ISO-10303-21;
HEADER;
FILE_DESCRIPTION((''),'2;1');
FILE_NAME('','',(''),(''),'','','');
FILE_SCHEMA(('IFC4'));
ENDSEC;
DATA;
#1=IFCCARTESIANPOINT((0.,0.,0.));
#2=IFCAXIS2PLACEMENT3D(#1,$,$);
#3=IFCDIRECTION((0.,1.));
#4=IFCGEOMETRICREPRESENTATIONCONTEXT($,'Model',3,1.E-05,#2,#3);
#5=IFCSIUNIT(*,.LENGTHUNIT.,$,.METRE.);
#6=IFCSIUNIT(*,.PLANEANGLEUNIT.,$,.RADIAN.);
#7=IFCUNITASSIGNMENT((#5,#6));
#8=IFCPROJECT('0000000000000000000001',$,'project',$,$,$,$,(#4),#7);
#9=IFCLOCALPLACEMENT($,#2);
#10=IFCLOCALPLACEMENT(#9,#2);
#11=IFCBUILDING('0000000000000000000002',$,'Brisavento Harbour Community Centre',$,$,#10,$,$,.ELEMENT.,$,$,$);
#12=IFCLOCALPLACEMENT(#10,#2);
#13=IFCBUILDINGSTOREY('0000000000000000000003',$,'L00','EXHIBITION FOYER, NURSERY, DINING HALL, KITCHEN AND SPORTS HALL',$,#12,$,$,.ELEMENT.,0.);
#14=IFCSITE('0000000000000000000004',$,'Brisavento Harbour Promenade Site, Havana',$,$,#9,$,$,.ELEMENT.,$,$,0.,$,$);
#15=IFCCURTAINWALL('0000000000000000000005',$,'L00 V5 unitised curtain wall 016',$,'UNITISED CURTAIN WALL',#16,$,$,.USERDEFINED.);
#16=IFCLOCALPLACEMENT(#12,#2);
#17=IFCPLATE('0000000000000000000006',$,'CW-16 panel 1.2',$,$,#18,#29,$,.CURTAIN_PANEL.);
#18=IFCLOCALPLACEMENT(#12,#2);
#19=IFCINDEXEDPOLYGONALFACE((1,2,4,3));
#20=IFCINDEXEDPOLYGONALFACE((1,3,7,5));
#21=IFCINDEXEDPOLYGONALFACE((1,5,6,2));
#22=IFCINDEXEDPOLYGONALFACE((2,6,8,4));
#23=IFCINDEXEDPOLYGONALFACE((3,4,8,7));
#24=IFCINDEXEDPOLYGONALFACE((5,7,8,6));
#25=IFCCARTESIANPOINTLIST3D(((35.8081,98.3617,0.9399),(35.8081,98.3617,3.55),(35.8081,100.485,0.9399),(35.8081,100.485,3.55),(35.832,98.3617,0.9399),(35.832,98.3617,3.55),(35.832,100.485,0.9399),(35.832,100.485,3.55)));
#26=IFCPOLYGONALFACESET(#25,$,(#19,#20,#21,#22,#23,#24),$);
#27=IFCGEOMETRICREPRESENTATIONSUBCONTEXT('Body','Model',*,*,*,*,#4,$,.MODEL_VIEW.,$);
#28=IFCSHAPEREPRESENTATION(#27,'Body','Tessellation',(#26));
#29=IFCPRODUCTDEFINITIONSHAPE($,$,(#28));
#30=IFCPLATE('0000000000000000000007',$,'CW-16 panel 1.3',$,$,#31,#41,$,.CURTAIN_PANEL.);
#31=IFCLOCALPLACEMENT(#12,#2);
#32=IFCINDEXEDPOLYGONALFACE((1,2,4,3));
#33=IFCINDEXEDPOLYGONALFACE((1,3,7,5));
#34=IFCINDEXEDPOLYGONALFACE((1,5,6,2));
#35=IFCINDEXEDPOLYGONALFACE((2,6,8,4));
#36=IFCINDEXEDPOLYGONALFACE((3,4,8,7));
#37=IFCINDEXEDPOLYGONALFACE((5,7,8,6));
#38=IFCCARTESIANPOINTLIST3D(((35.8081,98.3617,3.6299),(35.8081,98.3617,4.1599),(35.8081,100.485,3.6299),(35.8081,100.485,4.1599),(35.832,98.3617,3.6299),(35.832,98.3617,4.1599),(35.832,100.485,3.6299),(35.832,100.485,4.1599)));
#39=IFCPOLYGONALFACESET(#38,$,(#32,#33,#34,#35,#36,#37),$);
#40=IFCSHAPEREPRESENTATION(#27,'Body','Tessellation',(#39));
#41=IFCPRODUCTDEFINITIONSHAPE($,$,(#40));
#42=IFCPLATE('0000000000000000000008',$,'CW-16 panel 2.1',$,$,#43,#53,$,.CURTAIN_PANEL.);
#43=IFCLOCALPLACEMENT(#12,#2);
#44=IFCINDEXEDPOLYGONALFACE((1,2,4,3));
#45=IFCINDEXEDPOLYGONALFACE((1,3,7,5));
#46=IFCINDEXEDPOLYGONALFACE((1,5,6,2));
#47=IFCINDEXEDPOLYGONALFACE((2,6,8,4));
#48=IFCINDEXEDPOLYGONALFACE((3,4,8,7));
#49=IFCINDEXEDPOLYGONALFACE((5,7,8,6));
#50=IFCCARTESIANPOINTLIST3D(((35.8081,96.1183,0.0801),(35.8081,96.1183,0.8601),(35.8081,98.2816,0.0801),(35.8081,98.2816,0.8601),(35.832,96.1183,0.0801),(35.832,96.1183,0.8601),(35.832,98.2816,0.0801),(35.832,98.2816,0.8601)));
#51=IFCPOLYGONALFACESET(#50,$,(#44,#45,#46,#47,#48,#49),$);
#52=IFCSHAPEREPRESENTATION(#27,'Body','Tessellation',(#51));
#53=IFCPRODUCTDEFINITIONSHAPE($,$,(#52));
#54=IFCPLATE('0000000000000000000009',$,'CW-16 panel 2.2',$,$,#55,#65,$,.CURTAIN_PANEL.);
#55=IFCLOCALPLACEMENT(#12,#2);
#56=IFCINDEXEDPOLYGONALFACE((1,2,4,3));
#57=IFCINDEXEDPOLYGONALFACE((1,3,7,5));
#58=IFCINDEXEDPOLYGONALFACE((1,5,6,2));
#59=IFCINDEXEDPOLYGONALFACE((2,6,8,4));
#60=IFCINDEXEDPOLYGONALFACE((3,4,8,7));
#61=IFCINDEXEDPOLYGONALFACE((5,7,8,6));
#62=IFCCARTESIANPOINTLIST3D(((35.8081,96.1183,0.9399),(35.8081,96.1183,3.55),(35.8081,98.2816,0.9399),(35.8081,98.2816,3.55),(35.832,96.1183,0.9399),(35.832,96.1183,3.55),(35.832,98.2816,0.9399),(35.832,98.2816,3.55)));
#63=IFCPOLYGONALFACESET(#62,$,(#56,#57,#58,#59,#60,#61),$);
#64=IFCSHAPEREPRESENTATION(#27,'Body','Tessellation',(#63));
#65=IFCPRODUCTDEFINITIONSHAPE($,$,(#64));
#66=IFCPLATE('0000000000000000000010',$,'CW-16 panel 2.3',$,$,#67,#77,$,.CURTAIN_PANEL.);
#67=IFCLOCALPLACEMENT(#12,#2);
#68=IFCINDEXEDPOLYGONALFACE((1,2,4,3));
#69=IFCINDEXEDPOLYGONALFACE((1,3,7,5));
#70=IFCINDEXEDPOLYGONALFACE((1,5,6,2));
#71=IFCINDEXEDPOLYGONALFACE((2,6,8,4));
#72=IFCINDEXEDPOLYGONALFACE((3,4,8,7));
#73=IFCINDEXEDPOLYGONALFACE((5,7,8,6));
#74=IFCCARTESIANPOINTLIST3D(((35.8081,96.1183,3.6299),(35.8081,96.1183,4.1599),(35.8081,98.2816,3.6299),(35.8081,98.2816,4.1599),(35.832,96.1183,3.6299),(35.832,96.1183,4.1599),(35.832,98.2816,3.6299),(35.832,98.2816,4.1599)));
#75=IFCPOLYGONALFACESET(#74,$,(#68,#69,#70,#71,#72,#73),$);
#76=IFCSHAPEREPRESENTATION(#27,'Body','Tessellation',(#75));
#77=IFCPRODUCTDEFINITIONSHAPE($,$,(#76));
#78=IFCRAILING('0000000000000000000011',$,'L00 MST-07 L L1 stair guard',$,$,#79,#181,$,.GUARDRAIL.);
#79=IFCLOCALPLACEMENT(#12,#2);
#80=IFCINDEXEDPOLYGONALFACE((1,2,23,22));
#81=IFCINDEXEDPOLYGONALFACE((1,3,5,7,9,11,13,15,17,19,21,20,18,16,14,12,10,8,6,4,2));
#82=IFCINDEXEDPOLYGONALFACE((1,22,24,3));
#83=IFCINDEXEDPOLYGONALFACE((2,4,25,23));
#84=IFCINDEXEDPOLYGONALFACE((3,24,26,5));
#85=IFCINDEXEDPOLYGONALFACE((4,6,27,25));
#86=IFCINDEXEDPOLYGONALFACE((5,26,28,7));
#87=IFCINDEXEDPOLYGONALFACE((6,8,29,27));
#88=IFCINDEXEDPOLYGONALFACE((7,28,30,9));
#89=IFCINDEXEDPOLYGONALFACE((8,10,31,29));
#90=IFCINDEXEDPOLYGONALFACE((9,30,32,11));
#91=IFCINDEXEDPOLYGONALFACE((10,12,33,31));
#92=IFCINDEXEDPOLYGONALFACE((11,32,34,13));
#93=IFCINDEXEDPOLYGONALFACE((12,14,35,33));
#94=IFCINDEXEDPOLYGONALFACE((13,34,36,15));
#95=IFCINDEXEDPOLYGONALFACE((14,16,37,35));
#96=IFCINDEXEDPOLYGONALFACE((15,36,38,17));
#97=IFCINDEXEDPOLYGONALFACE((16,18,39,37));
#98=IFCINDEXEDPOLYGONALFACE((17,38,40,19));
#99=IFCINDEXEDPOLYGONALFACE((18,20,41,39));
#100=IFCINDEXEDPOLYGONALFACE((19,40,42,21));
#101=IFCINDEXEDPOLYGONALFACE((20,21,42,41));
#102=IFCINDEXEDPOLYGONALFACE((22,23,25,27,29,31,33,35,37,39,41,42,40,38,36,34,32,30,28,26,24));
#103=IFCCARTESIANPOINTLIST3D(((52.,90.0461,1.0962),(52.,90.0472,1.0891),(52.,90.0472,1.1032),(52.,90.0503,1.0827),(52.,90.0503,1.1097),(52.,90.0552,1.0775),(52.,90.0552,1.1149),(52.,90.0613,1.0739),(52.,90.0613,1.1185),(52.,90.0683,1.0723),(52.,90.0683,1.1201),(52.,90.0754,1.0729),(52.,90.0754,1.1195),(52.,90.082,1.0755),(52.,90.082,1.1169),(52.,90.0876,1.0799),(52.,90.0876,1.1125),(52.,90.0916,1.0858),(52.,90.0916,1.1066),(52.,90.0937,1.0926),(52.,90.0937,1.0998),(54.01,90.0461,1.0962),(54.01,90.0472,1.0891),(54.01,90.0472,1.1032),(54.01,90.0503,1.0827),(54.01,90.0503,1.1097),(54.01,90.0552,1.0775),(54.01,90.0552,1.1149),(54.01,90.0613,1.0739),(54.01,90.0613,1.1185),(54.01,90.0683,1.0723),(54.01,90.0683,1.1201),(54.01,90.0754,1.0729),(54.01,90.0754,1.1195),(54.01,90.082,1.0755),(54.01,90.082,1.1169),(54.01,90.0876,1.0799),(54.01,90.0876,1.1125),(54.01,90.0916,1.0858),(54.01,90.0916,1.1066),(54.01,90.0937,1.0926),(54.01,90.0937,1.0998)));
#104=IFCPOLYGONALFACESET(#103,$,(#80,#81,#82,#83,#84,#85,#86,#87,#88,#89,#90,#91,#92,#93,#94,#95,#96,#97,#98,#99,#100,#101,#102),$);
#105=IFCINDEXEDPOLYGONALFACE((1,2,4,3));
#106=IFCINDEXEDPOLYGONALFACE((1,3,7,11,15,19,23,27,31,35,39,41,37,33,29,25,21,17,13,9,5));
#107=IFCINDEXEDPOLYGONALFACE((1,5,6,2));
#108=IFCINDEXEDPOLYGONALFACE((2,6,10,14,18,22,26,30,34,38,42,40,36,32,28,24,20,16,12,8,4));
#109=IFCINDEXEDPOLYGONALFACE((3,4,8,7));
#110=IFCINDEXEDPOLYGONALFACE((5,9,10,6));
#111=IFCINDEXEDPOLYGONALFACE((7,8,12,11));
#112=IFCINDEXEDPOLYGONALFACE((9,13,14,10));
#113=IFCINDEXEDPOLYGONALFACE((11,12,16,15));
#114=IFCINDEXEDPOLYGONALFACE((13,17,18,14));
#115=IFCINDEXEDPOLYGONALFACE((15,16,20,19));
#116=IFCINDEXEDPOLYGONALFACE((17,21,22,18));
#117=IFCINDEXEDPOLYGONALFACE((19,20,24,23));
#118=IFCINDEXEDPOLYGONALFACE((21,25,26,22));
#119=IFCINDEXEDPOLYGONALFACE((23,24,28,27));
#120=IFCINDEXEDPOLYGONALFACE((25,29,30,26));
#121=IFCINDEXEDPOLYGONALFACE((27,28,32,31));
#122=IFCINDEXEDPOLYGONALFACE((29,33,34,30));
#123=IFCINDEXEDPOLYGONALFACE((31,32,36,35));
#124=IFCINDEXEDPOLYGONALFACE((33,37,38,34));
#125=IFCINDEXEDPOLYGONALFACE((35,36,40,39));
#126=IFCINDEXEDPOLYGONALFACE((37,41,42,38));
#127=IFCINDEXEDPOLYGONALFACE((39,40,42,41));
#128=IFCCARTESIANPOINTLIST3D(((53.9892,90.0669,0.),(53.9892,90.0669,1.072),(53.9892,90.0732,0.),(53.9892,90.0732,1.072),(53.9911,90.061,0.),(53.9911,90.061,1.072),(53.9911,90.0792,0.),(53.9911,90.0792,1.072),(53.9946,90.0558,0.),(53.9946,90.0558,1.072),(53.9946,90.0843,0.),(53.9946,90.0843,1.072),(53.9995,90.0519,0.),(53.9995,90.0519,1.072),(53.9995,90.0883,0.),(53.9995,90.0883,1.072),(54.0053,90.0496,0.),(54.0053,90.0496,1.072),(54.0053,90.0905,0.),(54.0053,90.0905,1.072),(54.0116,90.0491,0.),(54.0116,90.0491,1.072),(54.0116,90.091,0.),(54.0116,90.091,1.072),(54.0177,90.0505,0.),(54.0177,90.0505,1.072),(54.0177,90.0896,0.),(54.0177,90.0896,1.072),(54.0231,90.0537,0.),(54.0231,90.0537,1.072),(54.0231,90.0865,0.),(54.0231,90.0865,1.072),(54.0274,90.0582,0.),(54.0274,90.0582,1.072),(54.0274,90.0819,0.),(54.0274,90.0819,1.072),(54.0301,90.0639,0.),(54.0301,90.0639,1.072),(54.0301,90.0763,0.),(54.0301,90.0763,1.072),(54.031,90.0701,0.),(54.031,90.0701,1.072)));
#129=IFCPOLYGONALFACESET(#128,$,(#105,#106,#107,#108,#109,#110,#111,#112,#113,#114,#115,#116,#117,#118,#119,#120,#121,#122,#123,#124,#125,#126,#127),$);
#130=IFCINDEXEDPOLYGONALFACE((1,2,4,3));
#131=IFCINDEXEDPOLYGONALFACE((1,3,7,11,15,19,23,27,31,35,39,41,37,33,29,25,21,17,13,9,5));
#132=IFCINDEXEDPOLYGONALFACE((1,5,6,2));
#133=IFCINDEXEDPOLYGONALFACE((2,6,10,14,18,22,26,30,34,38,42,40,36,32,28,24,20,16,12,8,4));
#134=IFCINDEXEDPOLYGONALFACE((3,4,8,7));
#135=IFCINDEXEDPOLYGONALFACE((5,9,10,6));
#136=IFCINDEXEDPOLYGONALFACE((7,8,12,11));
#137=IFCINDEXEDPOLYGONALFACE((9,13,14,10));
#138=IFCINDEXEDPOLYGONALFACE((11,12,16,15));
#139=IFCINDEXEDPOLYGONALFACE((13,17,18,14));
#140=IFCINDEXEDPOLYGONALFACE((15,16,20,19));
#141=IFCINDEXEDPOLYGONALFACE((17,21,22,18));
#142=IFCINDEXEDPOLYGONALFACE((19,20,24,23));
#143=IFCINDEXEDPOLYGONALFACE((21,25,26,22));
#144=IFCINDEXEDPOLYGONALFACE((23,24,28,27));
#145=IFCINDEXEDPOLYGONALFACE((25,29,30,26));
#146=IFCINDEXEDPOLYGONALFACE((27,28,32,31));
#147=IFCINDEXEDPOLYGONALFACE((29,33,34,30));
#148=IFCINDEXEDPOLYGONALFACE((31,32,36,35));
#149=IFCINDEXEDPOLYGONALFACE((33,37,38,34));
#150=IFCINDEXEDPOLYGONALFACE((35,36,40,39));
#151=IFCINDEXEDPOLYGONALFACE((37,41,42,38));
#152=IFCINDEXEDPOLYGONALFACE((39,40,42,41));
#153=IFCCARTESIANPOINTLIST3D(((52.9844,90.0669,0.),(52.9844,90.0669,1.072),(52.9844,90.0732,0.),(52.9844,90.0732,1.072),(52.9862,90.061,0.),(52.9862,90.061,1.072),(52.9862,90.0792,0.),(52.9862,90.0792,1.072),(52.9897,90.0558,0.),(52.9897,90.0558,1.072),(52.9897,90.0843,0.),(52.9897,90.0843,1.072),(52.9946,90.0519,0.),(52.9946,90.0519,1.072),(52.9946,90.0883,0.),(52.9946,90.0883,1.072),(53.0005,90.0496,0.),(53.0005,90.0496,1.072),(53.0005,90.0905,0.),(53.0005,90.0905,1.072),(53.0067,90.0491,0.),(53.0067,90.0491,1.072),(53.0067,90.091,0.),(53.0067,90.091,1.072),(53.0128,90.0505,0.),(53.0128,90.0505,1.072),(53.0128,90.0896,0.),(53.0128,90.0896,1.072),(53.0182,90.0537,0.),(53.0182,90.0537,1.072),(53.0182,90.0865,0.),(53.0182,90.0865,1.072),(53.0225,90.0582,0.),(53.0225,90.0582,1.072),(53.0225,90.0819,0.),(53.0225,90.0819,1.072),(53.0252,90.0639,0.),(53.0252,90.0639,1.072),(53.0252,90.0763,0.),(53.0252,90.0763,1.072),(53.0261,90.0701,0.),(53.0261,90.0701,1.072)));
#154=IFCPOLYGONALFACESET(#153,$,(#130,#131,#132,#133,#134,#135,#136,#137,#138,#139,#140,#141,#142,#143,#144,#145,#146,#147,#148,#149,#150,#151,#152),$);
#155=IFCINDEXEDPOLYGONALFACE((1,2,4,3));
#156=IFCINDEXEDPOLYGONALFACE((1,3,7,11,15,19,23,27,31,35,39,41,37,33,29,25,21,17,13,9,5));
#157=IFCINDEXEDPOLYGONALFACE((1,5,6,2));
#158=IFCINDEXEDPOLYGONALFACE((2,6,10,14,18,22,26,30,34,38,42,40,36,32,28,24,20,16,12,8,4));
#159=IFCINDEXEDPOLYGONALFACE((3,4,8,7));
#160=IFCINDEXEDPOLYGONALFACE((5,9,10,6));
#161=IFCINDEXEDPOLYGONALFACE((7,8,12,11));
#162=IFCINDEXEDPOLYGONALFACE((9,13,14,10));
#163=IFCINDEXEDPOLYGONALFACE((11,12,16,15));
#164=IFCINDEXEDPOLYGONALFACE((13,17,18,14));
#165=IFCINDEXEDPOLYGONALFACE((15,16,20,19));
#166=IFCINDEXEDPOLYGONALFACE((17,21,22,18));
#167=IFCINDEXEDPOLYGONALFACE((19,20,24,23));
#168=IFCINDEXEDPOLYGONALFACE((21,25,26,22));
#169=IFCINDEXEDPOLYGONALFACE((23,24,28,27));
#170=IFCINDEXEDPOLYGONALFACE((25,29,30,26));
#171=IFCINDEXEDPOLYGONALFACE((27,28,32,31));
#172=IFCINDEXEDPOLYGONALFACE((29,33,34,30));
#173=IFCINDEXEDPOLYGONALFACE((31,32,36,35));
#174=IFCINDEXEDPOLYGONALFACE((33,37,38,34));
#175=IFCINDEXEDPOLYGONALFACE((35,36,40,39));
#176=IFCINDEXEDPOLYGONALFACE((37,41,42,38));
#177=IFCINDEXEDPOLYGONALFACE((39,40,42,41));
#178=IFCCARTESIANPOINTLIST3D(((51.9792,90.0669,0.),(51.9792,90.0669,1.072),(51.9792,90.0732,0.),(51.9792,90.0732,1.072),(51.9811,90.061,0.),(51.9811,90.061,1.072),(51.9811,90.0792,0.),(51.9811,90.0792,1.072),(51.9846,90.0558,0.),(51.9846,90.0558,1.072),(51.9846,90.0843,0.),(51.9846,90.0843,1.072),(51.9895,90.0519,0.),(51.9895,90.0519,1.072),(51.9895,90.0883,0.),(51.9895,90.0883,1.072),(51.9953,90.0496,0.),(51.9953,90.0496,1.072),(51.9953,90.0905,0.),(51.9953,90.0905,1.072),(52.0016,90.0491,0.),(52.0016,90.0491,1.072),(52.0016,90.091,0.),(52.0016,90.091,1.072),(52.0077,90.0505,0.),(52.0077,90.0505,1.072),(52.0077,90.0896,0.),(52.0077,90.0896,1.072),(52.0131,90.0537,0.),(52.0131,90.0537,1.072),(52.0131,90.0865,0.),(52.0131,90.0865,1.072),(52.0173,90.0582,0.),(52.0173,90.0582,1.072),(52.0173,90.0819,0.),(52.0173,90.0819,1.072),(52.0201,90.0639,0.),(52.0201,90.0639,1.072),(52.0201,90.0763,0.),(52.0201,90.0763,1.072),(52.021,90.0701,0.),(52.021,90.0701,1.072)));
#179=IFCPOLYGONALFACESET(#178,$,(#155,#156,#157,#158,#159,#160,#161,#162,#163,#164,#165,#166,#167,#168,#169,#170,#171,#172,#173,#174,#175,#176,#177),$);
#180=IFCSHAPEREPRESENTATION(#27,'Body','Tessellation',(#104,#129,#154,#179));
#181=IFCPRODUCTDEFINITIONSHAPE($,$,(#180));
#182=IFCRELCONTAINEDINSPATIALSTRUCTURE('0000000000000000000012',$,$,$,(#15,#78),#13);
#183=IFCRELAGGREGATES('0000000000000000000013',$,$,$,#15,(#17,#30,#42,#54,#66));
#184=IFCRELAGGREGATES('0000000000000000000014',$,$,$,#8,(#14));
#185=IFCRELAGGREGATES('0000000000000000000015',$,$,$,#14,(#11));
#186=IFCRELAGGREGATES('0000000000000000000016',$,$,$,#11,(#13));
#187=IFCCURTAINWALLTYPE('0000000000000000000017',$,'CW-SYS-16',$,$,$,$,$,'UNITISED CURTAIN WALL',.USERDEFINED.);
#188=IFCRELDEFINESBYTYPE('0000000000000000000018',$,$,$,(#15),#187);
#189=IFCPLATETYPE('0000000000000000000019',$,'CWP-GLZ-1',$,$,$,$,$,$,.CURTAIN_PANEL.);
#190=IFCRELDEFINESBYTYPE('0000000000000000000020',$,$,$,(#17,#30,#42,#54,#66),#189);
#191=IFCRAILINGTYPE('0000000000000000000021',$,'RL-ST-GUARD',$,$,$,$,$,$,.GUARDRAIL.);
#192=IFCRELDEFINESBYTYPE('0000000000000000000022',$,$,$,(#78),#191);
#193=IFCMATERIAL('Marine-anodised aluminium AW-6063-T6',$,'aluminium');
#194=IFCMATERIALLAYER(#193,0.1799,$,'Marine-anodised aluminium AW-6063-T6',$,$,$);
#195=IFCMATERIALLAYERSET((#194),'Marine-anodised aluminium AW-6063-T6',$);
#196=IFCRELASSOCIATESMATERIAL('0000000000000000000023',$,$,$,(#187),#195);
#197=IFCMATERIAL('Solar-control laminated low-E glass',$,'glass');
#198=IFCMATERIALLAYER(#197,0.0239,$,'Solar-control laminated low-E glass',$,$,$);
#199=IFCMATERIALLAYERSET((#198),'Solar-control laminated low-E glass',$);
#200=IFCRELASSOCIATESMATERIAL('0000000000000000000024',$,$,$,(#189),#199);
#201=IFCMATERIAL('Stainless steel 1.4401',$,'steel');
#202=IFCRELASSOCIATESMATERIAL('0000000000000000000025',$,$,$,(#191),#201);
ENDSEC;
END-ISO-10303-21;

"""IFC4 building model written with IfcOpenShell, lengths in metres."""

from ifc_helpers import new_model, si_unit, direction, frame, origin, origin_2d, place, context, subcontext, project, spatial, rectangle, circle, extrude, material, layer, layer_set, type_object, element, aggregate, save


model = new_model("IFC4")

# Units and contexts
model_context = context("Model", 3, precision=1e-05, world=origin(), true_north=direction((0.0, 1.0)))
body_context = subcontext(model_context, "Body", "Model", "MODEL_VIEW")
ifc_project = project(units=[si_unit("LENGTHUNIT", "METRE"), si_unit("PLANEANGLEUNIT", "RADIAN")], contexts=[model_context])

# Site, building, storey
site_placement = place(None, origin())
site = spatial("IfcSite", under=ifc_project, at=site_placement, Name="Brisavento Harbour Promenade Site, Havana", CompositionType="ELEMENT", RefElevation=0.0)
building_placement = place(site_placement, origin())
building = spatial("IfcBuilding", under=site, at=building_placement, Name="Brisavento Harbour Community Centre", CompositionType="ELEMENT")
storey_placement = place(building_placement, origin())
storey = spatial("IfcBuildingStorey", under=building, at=storey_placement, Name="L00", Description="EXHIBITION FOYER, NURSERY, DINING HALL, KITCHEN AND SPORTS HALL", CompositionType="ELEMENT", Elevation=0.0)

# Curtain wall, plates
ifc_material_1 = material(Name="Marine-anodised aluminium AW-6063-T6", Category="aluminium")
ifc_layer_1 = layer(ifc_material_1, 0.1799, Name="Marine-anodised aluminium AW-6063-T6")
ifc_layer_set_1 = layer_set([ifc_layer_1], Name="Marine-anodised aluminium AW-6063-T6")
curtain_wall_type = type_object("IfcCurtainWallType", Name="CW-SYS-16", ElementType="UNITISED CURTAIN WALL", PredefinedType="USERDEFINED", material=ifc_layer_set_1)
curtain_wall_placement = place(storey_placement, origin())
curtain_wall = element("IfcCurtainWall", 1, at=curtain_wall_placement, inside=storey, type_object=curtain_wall_type, Name="L00 V5 unitised curtain wall 016", ObjectType="UNITISED CURTAIN WALL", PredefinedType="USERDEFINED")
ifc_material_2 = material(Name="Solar-control laminated low-E glass", Category="glass")
ifc_layer_2 = layer(ifc_material_2, 0.0239, Name="Solar-control laminated low-E glass")
ifc_layer_set_2 = layer_set([ifc_layer_2], Name="Solar-control laminated low-E glass")
plate_type = type_object("IfcPlateType", Name="CWP-GLZ-1", PredefinedType="CURTAIN_PANEL", material=ifc_layer_set_2)
plate_1_placement = place(storey_placement, frame((35.8201, 99.4233, 0.9399), z_axis=(0.0, 0.0, 1.0), x_axis=(0.0, -1.0, 0.0)))
plate_1 = element("IfcPlate", 2, at=plate_1_placement, type_object=plate_type, Name="CW-16 panel 1.2", PredefinedType="CURTAIN_PANEL", context=body_context, shape_type="SweptSolid", body=[
    extrude(rectangle(XDim=2.1233, YDim=0.0239, at=origin_2d()), origin(), (0.0, 0.0, 1.0), 2.6101),
])
plate_2_placement = place(storey_placement, frame((35.8201, 99.4233, 3.6299), z_axis=(0.0, 0.0, 1.0), x_axis=(0.0, -1.0, 0.0)))
plate_2 = element("IfcPlate", 3, at=plate_2_placement, type_object=plate_type, Name="CW-16 panel 1.3", PredefinedType="CURTAIN_PANEL", context=body_context, shape_type="SweptSolid", body=[
    extrude(rectangle(XDim=2.1233, YDim=0.0239, at=origin_2d()), origin(), (0.0, 0.0, 1.0), 0.53),
])
plate_3_placement = place(storey_placement, frame((35.8201, 97.2, 0.0801), z_axis=(0.0, 0.0, 1.0), x_axis=(0.0, -1.0, 0.0)))
plate_3 = element("IfcPlate", 4, at=plate_3_placement, type_object=plate_type, Name="CW-16 panel 2.1", PredefinedType="CURTAIN_PANEL", context=body_context, shape_type="SweptSolid", body=[
    extrude(rectangle(XDim=2.1633, YDim=0.0239, at=origin_2d()), origin(), (0.0, 0.0, 1.0), 0.78),
])
plate_4_placement = place(storey_placement, frame((35.8201, 97.2, 0.9399), z_axis=(0.0, 0.0, 1.0), x_axis=(0.0, -1.0, 0.0)))
plate_4 = element("IfcPlate", 5, at=plate_4_placement, type_object=plate_type, Name="CW-16 panel 2.2", PredefinedType="CURTAIN_PANEL", context=body_context, shape_type="SweptSolid", body=[
    extrude(rectangle(XDim=2.1633, YDim=0.0239, at=origin_2d()), origin(), (0.0, 0.0, 1.0), 2.6101),
])
plate_5_placement = place(storey_placement, frame((35.8201, 97.2, 3.6299), z_axis=(0.0, 0.0, 1.0), x_axis=(0.0, -1.0, 0.0)))
plate_5 = element("IfcPlate", 6, at=plate_5_placement, type_object=plate_type, Name="CW-16 panel 2.3", PredefinedType="CURTAIN_PANEL", context=body_context, shape_type="SweptSolid", body=[
    extrude(rectangle(XDim=2.1633, YDim=0.0239, at=origin_2d()), origin(), (0.0, 0.0, 1.0), 0.53),
])
aggregate(curtain_wall, [plate_1, plate_2, plate_3, plate_4, plate_5])

# Railing
ifc_material_3 = material(Name="Stainless steel 1.4401", Category="steel")
railing_type = type_object("IfcRailingType", Name="RL-ST-GUARD", PredefinedType="GUARDRAIL", material=ifc_material_3)
railing_1_placement = place(storey_placement, frame((54.01, 90.0701, 0.0)))
element("IfcRailing", 7, at=railing_1_placement, inside=storey, type_object=railing_type, Name="L00 MST-07 L L1 stair guard", PredefinedType="GUARDRAIL", context=body_context, shape_type="SweptSolid", body=[
    extrude(circle(Radius=0.0239, at=origin_2d()), frame((0.0, 0.0, 1.0962), z_axis=(-1.0, 0.0, 0.0), x_axis=(0.0, -1.0, 0.0)), (0.0, 0.0, 1.0), 2.01),
    extrude(circle(Radius=0.021, at=origin_2d()), origin(), (0.0, 0.0, 1.0), 1.072),
    extrude(circle(Radius=0.021, at=origin_2d()), frame((-1.0049, 0.0, 0.0)), (0.0, 0.0, 1.0), 1.072),
    extrude(circle(Radius=0.021, at=origin_2d()), frame((-2.01, 0.0, 0.0)), (0.0, 0.0, 1.0), 1.072),
])

save(model, "model.ifc")
